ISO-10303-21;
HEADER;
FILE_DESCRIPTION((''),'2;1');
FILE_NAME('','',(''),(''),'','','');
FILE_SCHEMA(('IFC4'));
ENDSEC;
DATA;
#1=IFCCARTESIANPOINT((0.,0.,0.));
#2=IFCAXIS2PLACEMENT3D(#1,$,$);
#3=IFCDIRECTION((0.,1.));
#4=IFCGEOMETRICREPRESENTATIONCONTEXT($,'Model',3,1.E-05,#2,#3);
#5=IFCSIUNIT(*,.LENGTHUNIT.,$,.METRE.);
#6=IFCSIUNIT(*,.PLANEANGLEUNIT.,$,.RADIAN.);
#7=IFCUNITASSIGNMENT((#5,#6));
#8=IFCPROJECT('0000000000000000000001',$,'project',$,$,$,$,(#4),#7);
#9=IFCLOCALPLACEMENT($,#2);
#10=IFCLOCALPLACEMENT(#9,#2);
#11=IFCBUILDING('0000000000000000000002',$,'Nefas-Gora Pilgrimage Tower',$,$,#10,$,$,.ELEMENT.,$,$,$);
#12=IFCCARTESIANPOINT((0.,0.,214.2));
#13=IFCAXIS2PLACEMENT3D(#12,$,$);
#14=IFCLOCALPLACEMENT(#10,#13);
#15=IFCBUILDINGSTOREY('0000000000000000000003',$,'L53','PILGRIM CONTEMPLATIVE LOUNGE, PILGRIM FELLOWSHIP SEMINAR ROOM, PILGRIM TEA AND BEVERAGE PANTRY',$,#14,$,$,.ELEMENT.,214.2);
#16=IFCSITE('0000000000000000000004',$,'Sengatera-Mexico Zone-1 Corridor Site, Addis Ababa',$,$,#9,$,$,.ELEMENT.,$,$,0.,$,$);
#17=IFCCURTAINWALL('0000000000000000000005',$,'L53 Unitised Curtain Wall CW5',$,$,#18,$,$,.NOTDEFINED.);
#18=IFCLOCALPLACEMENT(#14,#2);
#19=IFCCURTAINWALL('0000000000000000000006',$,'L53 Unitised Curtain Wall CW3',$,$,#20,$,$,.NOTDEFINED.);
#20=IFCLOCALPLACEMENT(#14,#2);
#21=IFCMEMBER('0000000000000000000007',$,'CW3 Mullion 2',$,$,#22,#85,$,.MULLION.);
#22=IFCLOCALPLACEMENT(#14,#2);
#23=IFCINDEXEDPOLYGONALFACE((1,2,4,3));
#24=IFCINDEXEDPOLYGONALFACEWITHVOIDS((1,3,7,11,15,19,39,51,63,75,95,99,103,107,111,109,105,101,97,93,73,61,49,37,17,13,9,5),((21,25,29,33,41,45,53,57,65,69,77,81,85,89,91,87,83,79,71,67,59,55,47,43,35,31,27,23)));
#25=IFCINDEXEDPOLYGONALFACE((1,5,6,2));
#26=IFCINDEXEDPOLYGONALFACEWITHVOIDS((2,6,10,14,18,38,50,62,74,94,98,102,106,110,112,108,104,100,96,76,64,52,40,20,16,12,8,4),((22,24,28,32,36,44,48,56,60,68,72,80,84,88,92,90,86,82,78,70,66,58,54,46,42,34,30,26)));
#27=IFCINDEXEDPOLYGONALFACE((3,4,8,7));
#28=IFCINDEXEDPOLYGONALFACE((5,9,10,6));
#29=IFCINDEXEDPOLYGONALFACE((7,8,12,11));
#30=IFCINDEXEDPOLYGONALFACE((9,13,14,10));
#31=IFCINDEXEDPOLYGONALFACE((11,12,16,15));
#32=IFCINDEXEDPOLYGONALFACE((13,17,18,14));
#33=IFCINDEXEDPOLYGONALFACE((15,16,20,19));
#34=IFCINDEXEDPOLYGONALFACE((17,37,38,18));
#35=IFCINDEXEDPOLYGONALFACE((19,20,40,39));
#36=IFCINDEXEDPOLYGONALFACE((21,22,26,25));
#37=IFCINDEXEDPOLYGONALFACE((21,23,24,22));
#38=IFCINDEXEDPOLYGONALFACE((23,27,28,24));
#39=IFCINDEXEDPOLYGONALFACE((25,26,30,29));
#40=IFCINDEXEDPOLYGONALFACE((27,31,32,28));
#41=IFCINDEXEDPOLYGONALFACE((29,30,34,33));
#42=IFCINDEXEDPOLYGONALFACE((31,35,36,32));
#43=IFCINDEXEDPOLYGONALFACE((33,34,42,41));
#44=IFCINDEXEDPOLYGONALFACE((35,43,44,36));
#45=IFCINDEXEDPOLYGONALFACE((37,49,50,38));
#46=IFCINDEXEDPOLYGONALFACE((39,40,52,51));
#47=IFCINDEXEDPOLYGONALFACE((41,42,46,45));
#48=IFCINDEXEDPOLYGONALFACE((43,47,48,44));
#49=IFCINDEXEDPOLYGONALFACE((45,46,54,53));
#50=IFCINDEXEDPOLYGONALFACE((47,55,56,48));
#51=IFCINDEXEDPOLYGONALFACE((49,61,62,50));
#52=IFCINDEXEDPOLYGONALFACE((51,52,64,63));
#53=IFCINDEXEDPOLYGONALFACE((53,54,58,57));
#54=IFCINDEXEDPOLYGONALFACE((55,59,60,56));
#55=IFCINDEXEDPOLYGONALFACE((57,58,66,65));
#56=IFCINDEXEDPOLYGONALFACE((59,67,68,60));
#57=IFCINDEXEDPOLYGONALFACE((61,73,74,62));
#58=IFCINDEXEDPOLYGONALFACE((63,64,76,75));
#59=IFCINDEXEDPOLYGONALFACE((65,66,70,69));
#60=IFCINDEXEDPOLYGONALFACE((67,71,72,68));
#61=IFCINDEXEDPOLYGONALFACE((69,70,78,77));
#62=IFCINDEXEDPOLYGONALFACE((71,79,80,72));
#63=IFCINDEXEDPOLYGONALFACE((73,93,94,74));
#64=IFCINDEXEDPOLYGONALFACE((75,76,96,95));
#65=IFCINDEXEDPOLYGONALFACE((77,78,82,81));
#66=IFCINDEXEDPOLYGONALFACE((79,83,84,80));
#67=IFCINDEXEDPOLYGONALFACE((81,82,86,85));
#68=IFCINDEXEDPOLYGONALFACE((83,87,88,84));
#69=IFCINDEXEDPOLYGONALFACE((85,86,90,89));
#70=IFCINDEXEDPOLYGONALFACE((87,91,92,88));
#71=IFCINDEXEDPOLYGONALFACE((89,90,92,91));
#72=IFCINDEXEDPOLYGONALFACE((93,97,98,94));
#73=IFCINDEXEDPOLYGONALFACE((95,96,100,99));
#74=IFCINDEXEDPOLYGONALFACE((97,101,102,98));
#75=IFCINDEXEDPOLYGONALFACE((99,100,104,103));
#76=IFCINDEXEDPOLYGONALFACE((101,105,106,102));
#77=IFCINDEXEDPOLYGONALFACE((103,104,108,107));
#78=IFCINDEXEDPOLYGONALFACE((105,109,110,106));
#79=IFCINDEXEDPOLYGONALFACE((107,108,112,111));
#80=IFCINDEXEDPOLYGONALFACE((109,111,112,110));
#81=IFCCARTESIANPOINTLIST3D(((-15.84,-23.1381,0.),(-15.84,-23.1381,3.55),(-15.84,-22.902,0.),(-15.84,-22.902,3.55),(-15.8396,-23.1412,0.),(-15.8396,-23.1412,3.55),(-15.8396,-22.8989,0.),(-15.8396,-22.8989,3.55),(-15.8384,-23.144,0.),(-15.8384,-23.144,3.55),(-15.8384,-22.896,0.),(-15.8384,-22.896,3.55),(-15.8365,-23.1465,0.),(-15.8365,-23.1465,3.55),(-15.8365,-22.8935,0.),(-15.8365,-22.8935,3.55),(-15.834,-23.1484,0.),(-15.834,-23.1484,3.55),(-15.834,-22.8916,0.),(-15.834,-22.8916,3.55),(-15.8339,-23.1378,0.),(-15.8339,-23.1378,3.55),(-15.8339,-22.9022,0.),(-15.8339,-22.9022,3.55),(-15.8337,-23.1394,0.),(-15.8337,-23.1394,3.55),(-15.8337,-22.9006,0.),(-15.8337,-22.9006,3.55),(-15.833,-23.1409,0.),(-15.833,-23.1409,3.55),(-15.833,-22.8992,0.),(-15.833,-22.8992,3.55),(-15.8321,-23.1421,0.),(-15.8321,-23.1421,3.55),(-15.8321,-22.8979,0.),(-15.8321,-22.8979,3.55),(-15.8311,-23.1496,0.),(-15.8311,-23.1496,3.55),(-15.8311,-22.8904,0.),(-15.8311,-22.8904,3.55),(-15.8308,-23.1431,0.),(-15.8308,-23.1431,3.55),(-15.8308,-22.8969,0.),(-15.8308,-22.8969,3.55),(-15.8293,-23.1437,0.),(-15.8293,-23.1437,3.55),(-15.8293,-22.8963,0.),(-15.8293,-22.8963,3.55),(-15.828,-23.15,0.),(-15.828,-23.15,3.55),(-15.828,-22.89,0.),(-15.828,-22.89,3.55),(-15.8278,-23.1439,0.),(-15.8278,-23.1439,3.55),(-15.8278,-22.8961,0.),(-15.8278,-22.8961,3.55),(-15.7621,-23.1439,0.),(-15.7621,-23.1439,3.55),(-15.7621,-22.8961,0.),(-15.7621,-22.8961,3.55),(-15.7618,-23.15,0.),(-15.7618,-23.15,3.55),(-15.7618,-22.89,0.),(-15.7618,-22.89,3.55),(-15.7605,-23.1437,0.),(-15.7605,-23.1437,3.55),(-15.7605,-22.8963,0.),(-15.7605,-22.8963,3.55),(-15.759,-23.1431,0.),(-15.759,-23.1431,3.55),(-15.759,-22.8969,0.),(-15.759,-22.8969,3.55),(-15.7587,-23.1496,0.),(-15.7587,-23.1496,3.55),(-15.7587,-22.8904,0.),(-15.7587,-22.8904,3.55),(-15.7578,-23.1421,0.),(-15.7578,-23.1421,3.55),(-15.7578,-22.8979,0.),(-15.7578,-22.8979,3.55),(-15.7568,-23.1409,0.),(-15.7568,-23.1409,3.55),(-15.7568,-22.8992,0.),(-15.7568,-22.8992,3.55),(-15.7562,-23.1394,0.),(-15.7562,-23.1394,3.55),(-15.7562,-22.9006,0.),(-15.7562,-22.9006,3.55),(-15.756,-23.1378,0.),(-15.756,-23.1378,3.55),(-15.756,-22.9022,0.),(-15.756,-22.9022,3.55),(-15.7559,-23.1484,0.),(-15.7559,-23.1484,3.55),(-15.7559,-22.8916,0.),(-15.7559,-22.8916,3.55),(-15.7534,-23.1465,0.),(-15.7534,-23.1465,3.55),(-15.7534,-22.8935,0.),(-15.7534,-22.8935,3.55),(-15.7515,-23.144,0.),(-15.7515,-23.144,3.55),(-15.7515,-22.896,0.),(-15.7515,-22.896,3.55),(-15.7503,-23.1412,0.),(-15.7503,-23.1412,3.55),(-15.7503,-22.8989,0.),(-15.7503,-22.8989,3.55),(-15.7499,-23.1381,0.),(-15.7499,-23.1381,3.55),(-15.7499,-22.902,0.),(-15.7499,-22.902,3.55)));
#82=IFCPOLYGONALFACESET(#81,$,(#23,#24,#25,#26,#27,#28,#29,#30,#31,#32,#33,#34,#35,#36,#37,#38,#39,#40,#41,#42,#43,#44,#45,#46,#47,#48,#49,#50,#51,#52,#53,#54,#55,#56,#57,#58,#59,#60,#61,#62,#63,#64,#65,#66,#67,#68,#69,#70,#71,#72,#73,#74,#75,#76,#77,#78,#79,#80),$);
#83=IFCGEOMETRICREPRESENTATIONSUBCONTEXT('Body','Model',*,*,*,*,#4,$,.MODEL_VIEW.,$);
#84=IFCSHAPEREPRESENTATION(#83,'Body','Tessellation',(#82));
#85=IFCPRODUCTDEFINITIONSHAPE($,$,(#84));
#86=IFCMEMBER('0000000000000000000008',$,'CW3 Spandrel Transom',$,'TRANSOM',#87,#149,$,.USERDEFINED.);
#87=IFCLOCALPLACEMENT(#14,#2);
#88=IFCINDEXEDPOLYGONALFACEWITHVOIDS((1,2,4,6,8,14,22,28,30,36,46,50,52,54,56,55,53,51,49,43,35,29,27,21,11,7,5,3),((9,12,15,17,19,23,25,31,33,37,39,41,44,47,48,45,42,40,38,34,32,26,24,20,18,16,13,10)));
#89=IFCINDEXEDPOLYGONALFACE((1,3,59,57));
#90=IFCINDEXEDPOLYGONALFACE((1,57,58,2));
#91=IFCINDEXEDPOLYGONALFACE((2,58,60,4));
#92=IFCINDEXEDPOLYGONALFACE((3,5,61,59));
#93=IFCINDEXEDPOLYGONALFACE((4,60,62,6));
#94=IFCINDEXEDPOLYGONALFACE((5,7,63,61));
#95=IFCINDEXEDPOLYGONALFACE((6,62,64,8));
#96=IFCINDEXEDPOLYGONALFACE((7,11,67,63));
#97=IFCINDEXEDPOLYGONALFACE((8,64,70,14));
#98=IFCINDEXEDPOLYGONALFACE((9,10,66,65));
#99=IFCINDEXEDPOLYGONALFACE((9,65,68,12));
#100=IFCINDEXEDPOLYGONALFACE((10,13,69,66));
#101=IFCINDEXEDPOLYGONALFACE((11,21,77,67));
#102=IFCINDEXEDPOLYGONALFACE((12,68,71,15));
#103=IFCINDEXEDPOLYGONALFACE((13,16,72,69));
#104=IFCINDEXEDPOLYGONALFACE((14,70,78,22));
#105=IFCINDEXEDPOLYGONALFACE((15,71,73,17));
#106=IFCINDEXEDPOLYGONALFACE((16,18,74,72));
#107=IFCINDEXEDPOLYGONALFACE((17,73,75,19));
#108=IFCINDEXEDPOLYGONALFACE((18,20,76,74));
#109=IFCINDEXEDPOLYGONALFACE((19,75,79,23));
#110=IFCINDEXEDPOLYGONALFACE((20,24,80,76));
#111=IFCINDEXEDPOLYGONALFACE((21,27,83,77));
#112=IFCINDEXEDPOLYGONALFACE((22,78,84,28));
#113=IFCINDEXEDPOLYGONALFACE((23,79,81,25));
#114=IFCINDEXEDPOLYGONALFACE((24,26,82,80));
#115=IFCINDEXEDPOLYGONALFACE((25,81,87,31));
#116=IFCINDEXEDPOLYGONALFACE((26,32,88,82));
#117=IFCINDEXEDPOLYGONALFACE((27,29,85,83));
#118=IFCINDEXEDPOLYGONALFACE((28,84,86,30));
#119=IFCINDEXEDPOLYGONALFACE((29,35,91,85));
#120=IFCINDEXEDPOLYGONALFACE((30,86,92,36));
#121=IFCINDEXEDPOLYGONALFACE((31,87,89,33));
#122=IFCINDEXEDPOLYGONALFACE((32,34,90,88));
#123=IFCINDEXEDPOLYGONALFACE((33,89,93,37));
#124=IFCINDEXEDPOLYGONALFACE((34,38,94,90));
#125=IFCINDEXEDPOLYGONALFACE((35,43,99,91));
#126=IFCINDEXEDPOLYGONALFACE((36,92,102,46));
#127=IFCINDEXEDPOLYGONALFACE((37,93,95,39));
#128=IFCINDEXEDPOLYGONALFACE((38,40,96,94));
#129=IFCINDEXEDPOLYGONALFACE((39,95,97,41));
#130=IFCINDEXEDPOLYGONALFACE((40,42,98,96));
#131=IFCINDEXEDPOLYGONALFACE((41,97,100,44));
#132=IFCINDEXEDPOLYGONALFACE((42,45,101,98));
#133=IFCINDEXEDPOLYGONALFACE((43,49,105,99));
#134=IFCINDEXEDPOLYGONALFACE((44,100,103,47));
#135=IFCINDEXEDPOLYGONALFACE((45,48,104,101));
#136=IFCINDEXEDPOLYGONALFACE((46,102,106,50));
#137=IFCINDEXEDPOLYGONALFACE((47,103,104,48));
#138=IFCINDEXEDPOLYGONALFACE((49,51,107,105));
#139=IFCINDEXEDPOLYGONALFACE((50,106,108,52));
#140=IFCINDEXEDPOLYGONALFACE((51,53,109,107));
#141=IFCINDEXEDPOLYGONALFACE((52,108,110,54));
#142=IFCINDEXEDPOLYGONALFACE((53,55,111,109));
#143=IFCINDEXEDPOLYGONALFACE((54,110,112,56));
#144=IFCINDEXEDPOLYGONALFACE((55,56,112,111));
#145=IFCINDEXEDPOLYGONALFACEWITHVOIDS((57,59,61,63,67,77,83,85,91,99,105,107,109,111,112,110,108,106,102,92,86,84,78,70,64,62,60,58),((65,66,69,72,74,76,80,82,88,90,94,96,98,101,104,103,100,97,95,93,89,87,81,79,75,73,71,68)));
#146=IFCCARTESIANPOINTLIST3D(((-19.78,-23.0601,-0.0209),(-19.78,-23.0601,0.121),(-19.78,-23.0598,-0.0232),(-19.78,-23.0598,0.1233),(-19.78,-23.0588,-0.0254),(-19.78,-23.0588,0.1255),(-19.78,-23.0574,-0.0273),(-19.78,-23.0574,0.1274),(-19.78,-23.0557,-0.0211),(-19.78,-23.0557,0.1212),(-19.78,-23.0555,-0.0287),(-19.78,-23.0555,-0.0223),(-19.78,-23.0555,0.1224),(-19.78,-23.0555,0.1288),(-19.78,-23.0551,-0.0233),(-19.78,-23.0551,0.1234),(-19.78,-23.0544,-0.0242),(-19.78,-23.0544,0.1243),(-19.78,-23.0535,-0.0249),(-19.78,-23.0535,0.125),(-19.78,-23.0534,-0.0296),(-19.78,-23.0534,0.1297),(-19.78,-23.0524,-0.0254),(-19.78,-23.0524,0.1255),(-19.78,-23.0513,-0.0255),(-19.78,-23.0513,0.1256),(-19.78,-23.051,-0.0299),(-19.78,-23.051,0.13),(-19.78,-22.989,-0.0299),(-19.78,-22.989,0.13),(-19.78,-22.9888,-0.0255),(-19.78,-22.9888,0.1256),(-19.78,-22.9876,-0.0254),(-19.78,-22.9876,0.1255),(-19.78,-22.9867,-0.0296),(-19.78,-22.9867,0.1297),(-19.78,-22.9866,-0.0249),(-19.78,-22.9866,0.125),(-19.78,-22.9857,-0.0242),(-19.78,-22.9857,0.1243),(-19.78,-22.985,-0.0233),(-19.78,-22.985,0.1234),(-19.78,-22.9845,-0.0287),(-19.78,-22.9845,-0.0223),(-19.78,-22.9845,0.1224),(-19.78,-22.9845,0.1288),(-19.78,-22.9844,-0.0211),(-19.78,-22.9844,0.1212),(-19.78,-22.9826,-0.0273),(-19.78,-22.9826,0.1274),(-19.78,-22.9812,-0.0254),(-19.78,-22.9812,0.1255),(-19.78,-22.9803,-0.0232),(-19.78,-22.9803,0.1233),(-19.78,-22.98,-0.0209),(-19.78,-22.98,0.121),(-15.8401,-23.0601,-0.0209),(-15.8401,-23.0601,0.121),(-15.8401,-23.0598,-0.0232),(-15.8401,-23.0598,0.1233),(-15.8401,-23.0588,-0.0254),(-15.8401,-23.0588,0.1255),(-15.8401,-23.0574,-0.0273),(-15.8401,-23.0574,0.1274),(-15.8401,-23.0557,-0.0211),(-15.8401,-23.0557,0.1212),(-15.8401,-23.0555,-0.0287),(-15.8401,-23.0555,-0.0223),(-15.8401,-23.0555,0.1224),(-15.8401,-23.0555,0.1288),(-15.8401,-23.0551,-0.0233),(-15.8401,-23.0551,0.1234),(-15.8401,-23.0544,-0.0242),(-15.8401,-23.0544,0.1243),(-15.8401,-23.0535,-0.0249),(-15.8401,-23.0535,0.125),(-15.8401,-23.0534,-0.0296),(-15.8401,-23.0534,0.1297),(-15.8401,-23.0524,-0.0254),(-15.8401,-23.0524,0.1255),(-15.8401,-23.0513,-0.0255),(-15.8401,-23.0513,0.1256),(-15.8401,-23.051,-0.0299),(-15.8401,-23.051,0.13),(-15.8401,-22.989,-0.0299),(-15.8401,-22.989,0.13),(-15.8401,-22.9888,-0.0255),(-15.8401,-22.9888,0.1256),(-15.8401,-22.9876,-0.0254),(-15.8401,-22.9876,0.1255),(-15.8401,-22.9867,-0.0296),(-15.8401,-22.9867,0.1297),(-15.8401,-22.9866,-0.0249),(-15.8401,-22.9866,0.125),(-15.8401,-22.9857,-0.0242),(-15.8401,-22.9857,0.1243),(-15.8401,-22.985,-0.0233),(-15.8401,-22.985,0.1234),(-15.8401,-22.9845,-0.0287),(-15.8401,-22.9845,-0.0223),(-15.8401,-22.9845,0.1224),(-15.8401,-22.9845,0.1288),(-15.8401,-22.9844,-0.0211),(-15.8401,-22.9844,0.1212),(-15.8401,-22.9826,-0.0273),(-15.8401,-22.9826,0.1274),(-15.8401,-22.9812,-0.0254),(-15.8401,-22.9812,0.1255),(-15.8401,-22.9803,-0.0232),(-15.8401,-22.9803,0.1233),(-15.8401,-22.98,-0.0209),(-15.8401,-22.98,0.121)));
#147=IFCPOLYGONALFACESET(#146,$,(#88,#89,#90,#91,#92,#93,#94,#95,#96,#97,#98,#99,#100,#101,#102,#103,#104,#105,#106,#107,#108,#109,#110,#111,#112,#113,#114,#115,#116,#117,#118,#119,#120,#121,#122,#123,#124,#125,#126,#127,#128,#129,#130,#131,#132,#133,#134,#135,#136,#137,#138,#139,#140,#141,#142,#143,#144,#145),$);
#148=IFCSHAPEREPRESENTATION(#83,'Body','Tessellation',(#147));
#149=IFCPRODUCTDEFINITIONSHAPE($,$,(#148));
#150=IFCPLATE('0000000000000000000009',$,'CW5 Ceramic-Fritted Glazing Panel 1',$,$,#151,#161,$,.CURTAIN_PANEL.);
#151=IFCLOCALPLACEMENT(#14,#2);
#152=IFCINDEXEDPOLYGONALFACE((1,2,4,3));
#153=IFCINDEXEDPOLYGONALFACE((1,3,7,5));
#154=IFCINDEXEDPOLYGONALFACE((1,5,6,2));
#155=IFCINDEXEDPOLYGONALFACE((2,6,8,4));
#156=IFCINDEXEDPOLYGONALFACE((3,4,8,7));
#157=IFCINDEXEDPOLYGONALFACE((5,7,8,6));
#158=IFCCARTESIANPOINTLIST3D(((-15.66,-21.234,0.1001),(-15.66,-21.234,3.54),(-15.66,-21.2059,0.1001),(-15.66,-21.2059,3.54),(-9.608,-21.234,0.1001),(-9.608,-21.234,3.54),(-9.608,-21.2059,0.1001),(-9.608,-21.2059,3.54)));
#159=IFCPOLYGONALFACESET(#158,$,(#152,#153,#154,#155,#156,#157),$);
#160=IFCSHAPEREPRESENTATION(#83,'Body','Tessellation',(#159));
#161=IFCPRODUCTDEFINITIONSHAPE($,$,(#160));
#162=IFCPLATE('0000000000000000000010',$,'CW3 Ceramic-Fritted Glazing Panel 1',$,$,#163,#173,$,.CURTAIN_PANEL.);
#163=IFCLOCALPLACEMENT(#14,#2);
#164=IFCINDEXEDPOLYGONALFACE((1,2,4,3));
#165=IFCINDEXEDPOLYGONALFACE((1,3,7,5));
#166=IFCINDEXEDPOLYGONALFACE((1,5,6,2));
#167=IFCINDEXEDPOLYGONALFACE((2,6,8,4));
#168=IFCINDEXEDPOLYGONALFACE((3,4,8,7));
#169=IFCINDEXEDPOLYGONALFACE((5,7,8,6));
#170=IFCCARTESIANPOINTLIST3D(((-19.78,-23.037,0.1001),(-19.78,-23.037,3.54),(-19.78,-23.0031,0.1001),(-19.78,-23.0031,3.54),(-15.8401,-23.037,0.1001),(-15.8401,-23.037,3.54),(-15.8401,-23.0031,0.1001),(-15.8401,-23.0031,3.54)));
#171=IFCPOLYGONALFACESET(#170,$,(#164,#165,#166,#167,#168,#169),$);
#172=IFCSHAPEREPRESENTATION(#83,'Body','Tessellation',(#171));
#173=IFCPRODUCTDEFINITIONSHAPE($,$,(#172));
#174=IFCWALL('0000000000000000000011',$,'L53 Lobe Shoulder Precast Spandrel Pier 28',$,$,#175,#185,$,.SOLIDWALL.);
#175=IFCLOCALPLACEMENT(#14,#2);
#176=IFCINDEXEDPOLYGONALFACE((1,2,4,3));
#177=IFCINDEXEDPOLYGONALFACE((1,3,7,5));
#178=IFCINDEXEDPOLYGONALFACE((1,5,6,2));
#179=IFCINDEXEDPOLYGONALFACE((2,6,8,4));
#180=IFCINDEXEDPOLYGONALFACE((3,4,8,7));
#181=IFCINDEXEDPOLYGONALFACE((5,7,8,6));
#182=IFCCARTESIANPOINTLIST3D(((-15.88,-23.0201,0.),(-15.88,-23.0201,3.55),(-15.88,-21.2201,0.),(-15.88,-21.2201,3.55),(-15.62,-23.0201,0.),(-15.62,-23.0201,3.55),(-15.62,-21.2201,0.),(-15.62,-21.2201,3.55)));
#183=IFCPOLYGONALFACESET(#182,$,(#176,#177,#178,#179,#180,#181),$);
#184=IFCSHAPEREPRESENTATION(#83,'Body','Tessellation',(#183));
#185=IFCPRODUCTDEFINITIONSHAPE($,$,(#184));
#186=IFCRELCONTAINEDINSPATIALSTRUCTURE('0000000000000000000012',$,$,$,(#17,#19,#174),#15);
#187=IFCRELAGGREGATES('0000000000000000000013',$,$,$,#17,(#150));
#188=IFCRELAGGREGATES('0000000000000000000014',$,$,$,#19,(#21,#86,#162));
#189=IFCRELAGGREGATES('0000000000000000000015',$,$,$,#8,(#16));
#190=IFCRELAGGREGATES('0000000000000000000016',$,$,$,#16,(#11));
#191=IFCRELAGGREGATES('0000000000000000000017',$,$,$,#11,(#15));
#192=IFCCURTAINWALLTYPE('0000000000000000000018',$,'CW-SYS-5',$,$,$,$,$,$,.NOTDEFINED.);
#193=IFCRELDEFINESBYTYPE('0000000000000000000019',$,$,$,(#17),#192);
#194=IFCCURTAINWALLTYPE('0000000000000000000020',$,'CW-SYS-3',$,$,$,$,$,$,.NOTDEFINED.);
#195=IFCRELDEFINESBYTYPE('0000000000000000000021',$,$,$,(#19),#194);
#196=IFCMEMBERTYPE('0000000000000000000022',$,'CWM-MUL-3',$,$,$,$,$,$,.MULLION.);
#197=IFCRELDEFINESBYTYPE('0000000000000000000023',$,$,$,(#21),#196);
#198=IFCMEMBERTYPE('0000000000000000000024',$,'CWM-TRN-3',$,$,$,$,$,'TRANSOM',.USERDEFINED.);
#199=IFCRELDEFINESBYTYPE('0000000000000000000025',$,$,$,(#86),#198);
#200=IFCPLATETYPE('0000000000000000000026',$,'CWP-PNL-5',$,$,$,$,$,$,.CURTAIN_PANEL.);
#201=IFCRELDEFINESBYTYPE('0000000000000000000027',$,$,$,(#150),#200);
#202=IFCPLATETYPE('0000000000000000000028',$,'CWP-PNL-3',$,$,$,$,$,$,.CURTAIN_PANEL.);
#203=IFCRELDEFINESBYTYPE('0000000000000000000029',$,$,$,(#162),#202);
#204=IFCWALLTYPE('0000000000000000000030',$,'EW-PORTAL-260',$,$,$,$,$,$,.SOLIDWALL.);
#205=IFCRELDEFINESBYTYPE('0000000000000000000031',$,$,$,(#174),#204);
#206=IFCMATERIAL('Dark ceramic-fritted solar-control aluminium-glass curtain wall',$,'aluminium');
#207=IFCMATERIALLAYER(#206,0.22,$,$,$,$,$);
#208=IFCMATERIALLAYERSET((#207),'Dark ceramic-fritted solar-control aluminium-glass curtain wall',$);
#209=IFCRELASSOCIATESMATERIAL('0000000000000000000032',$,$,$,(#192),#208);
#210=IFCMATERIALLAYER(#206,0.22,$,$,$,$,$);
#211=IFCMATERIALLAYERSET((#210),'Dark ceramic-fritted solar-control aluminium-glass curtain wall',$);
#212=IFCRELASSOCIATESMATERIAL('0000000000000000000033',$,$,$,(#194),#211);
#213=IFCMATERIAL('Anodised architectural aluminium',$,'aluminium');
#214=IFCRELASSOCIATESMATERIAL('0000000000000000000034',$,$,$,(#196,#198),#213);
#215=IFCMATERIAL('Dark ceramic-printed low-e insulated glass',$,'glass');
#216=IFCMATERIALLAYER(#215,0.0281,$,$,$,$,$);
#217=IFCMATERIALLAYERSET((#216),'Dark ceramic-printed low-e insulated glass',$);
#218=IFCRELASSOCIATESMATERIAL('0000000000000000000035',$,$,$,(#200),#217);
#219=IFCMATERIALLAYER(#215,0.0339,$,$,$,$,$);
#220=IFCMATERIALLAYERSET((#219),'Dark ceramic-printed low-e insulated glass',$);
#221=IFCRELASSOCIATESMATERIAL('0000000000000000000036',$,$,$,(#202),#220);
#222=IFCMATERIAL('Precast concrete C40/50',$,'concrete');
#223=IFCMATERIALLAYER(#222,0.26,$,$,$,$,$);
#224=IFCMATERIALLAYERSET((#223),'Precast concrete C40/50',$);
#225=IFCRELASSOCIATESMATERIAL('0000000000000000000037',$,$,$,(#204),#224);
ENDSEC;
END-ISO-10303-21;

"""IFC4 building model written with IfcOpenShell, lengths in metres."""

from ifc_helpers import new_model, si_unit, direction, frame, frame_2d, origin, origin_2d, place, context, subcontext, project, spatial, rectangle, hollow_rectangle, extrude, source, transform, mapped, material, layer, layer_set, material_profile, profile_set, type_object, element, aggregate, save


model = new_model("IFC4")

# Units and contexts
model_context = context("Model", 3, precision=1e-05, world=origin(), true_north=direction((0.0, 1.0)))
body_context = subcontext(model_context, "Body", "Model", "MODEL_VIEW")
ifc_project = project(units=[si_unit("LENGTHUNIT", "METRE"), si_unit("PLANEANGLEUNIT", "RADIAN")], contexts=[model_context])

# Site, building, storey
site_placement = place(None, origin())
site = spatial("IfcSite", under=ifc_project, at=site_placement, Name="Sengatera-Mexico Zone-1 Corridor Site, Addis Ababa", CompositionType="ELEMENT", RefElevation=0.0)
building_placement = place(site_placement, origin())
building = spatial("IfcBuilding", under=site, at=building_placement, Name="Nefas-Gora Pilgrimage Tower", CompositionType="ELEMENT")
storey_placement = place(building_placement, frame((0.0, 0.0, 214.2)))
storey = spatial("IfcBuildingStorey", under=building, at=storey_placement, Name="L53", Description="PILGRIM CONTEMPLATIVE LOUNGE, PILGRIM FELLOWSHIP SEMINAR ROOM, PILGRIM TEA AND BEVERAGE PANTRY", CompositionType="ELEMENT", Elevation=214.2)

# Curtain wall
ifc_material_1 = material(Name="Dark ceramic-fritted solar-control aluminium-glass curtain wall", Category="aluminium")
ifc_layer_1 = layer(ifc_material_1, 0.22)
ifc_layer_set_1 = layer_set([ifc_layer_1], Name="Dark ceramic-fritted solar-control aluminium-glass curtain wall")
curtain_wall_type_1 = type_object("IfcCurtainWallType", Name="CW-SYS-5", PredefinedType="NOTDEFINED", material=ifc_layer_set_1)
curtain_wall_1_placement = place(storey_placement, origin())
curtain_wall_1 = element("IfcCurtainWall", 1, at=curtain_wall_1_placement, inside=storey, type_object=curtain_wall_type_1, Name="L53 Unitised Curtain Wall CW5", PredefinedType="NOTDEFINED")
ifc_material_2 = material(Name="Anodised architectural aluminium", Category="aluminium")

# Shared definitions
ifc_layer_2 = layer(ifc_material_1, 0.22)
ifc_layer_set_2 = layer_set([ifc_layer_2], Name="Dark ceramic-fritted solar-control aluminium-glass curtain wall")
curtain_wall_type_2 = type_object("IfcCurtainWallType", Name="CW-SYS-3", PredefinedType="NOTDEFINED", material=ifc_layer_set_2)
ifc_material_profile_1 = material_profile(ifc_material_2, hollow_rectangle(XDim=0.0901, YDim=0.26, WallThickness=0.0061, InnerFilletRadius=0.0061, OuterFilletRadius=0.012, at=origin_2d()), Name="ALU MULLION 90x260")
ifc_profile_set_1 = profile_set([ifc_material_profile_1], Name="Anodised architectural aluminium")
member_type_1 = type_object("IfcMemberType", Name="CWM-MUL-3", PredefinedType="MULLION", material=ifc_profile_set_1)
shared_shape_1 = source(origin(), body_context, "Body", "SweptSolid", [
    extrude(hollow_rectangle(XDim=0.0901, YDim=0.26, WallThickness=0.0061, InnerFilletRadius=0.0061, OuterFilletRadius=0.012, at=origin_2d()), origin(), (0.0, 0.0, 1.0), 3.55),
])

# Curtain wall, members
curtain_wall_2_placement = place(storey_placement, origin())
curtain_wall_2 = element("IfcCurtainWall", 2, at=curtain_wall_2_placement, inside=storey, type_object=curtain_wall_type_2, Name="L53 Unitised Curtain Wall CW3", PredefinedType="NOTDEFINED")
member_1_placement = place(storey_placement, frame((-15.7949, -23.02, 0.0), z_axis=(0.0, 0.0, 1.0), x_axis=(1.0, 0.0, 0.0)))
member_1 = element("IfcMember", 3, at=member_1_placement, type_object=member_type_1, Name="CW3 Mullion 2", PredefinedType="MULLION", context=body_context, shape_type="MappedRepresentation", body=[
    mapped(shared_shape_1, transform((0.0, 0.0, 0.0), x_axis=(1.0, 0.0, 0.0), y_axis=(0.0, 1.0, 0.0), z_axis=(0.0, 0.0, 1.0), scale=1.0)),
])
ifc_material_profile_2 = material_profile(ifc_material_2, hollow_rectangle(XDim=0.0801, YDim=0.1599, WallThickness=0.0044, InnerFilletRadius=0.0044, OuterFilletRadius=0.009, at=origin_2d()), Name="ALU TRANSOM 80x160")
ifc_profile_set_2 = profile_set([ifc_material_profile_2], Name="Anodised architectural aluminium")
member_type_2 = type_object("IfcMemberType", Name="CWM-TRN-3", ElementType="TRANSOM", PredefinedType="USERDEFINED", material=ifc_profile_set_2)
shared_shape_2 = source(origin(), body_context, "Body", "SweptSolid", [
    extrude(hollow_rectangle(XDim=0.0801, YDim=0.1599, WallThickness=0.0044, InnerFilletRadius=0.0044, OuterFilletRadius=0.009, at=origin_2d()), origin(), (0.0, 0.0, 1.0), 3.9399),
])
member_2_placement = place(storey_placement, frame((-19.78, -23.02, 0.05), z_axis=(1.0, 0.0, 0.0), x_axis=(0.0, 1.0, 0.0)))
member_2 = element("IfcMember", 4, at=member_2_placement, type_object=member_type_2, Name="CW3 Spandrel Transom", ObjectType="TRANSOM", PredefinedType="USERDEFINED", context=body_context, shape_type="MappedRepresentation", body=[
    mapped(shared_shape_2, transform((0.0, 0.0, 0.0), x_axis=(1.0, 0.0, 0.0), y_axis=(0.0, 1.0, 0.0), z_axis=(0.0, 0.0, 1.0), scale=1.0)),
])

# Plates
ifc_material_3 = material(Name="Dark ceramic-printed low-e insulated glass", Category="glass")
ifc_layer_3 = layer(ifc_material_3, 0.0281)
ifc_layer_set_3 = layer_set([ifc_layer_3], Name="Dark ceramic-printed low-e insulated glass")
plate_type_1 = type_object("IfcPlateType", Name="CWP-PNL-5", PredefinedType="CURTAIN_PANEL", material=ifc_layer_set_3)
shared_shape_3 = source(origin(), body_context, "Body", "SweptSolid", [
    extrude(rectangle(XDim=6.052, YDim=0.0281, at=origin_2d()), origin(), (0.0, 0.0, 1.0), 3.4399),
])
plate_1_placement = place(storey_placement, frame((-12.634, -21.22, 0.1001), z_axis=(0.0, 0.0, 1.0), x_axis=(1.0, 0.0, 0.0)))
plate_1 = element("IfcPlate", 5, at=plate_1_placement, type_object=plate_type_1, Name="CW5 Ceramic-Fritted Glazing Panel 1", PredefinedType="CURTAIN_PANEL", context=body_context, shape_type="MappedRepresentation", body=[
    mapped(shared_shape_3, transform((0.0, 0.0, 0.0), x_axis=(1.0, 0.0, 0.0), y_axis=(0.0, 1.0, 0.0), z_axis=(0.0, 0.0, 1.0), scale=1.0)),
])
aggregate(curtain_wall_1, [plate_1])
ifc_layer_4 = layer(ifc_material_3, 0.0339)
ifc_layer_set_4 = layer_set([ifc_layer_4], Name="Dark ceramic-printed low-e insulated glass")
plate_type_2 = type_object("IfcPlateType", Name="CWP-PNL-3", PredefinedType="CURTAIN_PANEL", material=ifc_layer_set_4)
shared_shape_4 = source(origin(), body_context, "Body", "SweptSolid", [
    extrude(rectangle(XDim=3.9399, YDim=0.0339, at=origin_2d()), origin(), (0.0, 0.0, 1.0), 3.4399),
])
plate_2_placement = place(storey_placement, frame((-17.8101, -23.02, 0.1001), z_axis=(0.0, 0.0, 1.0), x_axis=(1.0, 0.0, 0.0)))
plate_2 = element("IfcPlate", 6, at=plate_2_placement, type_object=plate_type_2, Name="CW3 Ceramic-Fritted Glazing Panel 1", PredefinedType="CURTAIN_PANEL", context=body_context, shape_type="MappedRepresentation", body=[
    mapped(shared_shape_4, transform((0.0, 0.0, 0.0), x_axis=(1.0, 0.0, 0.0), y_axis=(0.0, 1.0, 0.0), z_axis=(0.0, 0.0, 1.0), scale=1.0)),
])
aggregate(curtain_wall_2, [member_1, member_2, plate_2])

# Wall
ifc_material_4 = material(Name="Precast concrete C40/50", Category="concrete")
ifc_layer_5 = layer(ifc_material_4, 0.26)
ifc_layer_set_5 = layer_set([ifc_layer_5], Name="Precast concrete C40/50")
wall_type_1 = type_object("IfcWallType", Name="EW-PORTAL-260", PredefinedType="SOLIDWALL", material=ifc_layer_set_5)
shared_shape_5 = source(origin(), body_context, "Body", "SweptSolid", [
    extrude(rectangle(XDim=1.8, YDim=0.26, at=frame_2d((0.8999, 0.0))), origin(), (0.0, 0.0, 1.0), 3.55),
])
wall_1_placement = place(storey_placement, frame((-15.75, -23.02, 0.0), z_axis=(0.0, 0.0, 1.0), x_axis=(0.0, 1.0, 0.0)))
element("IfcWall", 7, at=wall_1_placement, inside=storey, type_object=wall_type_1, Name="L53 Lobe Shoulder Precast Spandrel Pier 28", PredefinedType="SOLIDWALL", context=body_context, shape_type="MappedRepresentation", body=[
    mapped(shared_shape_5, transform((0.0, 0.0, 0.0), x_axis=(1.0, 0.0, 0.0), y_axis=(0.0, 1.0, 0.0), z_axis=(0.0, 0.0, 1.0), scale=1.0)),
])

save(model, "model.ifc")
